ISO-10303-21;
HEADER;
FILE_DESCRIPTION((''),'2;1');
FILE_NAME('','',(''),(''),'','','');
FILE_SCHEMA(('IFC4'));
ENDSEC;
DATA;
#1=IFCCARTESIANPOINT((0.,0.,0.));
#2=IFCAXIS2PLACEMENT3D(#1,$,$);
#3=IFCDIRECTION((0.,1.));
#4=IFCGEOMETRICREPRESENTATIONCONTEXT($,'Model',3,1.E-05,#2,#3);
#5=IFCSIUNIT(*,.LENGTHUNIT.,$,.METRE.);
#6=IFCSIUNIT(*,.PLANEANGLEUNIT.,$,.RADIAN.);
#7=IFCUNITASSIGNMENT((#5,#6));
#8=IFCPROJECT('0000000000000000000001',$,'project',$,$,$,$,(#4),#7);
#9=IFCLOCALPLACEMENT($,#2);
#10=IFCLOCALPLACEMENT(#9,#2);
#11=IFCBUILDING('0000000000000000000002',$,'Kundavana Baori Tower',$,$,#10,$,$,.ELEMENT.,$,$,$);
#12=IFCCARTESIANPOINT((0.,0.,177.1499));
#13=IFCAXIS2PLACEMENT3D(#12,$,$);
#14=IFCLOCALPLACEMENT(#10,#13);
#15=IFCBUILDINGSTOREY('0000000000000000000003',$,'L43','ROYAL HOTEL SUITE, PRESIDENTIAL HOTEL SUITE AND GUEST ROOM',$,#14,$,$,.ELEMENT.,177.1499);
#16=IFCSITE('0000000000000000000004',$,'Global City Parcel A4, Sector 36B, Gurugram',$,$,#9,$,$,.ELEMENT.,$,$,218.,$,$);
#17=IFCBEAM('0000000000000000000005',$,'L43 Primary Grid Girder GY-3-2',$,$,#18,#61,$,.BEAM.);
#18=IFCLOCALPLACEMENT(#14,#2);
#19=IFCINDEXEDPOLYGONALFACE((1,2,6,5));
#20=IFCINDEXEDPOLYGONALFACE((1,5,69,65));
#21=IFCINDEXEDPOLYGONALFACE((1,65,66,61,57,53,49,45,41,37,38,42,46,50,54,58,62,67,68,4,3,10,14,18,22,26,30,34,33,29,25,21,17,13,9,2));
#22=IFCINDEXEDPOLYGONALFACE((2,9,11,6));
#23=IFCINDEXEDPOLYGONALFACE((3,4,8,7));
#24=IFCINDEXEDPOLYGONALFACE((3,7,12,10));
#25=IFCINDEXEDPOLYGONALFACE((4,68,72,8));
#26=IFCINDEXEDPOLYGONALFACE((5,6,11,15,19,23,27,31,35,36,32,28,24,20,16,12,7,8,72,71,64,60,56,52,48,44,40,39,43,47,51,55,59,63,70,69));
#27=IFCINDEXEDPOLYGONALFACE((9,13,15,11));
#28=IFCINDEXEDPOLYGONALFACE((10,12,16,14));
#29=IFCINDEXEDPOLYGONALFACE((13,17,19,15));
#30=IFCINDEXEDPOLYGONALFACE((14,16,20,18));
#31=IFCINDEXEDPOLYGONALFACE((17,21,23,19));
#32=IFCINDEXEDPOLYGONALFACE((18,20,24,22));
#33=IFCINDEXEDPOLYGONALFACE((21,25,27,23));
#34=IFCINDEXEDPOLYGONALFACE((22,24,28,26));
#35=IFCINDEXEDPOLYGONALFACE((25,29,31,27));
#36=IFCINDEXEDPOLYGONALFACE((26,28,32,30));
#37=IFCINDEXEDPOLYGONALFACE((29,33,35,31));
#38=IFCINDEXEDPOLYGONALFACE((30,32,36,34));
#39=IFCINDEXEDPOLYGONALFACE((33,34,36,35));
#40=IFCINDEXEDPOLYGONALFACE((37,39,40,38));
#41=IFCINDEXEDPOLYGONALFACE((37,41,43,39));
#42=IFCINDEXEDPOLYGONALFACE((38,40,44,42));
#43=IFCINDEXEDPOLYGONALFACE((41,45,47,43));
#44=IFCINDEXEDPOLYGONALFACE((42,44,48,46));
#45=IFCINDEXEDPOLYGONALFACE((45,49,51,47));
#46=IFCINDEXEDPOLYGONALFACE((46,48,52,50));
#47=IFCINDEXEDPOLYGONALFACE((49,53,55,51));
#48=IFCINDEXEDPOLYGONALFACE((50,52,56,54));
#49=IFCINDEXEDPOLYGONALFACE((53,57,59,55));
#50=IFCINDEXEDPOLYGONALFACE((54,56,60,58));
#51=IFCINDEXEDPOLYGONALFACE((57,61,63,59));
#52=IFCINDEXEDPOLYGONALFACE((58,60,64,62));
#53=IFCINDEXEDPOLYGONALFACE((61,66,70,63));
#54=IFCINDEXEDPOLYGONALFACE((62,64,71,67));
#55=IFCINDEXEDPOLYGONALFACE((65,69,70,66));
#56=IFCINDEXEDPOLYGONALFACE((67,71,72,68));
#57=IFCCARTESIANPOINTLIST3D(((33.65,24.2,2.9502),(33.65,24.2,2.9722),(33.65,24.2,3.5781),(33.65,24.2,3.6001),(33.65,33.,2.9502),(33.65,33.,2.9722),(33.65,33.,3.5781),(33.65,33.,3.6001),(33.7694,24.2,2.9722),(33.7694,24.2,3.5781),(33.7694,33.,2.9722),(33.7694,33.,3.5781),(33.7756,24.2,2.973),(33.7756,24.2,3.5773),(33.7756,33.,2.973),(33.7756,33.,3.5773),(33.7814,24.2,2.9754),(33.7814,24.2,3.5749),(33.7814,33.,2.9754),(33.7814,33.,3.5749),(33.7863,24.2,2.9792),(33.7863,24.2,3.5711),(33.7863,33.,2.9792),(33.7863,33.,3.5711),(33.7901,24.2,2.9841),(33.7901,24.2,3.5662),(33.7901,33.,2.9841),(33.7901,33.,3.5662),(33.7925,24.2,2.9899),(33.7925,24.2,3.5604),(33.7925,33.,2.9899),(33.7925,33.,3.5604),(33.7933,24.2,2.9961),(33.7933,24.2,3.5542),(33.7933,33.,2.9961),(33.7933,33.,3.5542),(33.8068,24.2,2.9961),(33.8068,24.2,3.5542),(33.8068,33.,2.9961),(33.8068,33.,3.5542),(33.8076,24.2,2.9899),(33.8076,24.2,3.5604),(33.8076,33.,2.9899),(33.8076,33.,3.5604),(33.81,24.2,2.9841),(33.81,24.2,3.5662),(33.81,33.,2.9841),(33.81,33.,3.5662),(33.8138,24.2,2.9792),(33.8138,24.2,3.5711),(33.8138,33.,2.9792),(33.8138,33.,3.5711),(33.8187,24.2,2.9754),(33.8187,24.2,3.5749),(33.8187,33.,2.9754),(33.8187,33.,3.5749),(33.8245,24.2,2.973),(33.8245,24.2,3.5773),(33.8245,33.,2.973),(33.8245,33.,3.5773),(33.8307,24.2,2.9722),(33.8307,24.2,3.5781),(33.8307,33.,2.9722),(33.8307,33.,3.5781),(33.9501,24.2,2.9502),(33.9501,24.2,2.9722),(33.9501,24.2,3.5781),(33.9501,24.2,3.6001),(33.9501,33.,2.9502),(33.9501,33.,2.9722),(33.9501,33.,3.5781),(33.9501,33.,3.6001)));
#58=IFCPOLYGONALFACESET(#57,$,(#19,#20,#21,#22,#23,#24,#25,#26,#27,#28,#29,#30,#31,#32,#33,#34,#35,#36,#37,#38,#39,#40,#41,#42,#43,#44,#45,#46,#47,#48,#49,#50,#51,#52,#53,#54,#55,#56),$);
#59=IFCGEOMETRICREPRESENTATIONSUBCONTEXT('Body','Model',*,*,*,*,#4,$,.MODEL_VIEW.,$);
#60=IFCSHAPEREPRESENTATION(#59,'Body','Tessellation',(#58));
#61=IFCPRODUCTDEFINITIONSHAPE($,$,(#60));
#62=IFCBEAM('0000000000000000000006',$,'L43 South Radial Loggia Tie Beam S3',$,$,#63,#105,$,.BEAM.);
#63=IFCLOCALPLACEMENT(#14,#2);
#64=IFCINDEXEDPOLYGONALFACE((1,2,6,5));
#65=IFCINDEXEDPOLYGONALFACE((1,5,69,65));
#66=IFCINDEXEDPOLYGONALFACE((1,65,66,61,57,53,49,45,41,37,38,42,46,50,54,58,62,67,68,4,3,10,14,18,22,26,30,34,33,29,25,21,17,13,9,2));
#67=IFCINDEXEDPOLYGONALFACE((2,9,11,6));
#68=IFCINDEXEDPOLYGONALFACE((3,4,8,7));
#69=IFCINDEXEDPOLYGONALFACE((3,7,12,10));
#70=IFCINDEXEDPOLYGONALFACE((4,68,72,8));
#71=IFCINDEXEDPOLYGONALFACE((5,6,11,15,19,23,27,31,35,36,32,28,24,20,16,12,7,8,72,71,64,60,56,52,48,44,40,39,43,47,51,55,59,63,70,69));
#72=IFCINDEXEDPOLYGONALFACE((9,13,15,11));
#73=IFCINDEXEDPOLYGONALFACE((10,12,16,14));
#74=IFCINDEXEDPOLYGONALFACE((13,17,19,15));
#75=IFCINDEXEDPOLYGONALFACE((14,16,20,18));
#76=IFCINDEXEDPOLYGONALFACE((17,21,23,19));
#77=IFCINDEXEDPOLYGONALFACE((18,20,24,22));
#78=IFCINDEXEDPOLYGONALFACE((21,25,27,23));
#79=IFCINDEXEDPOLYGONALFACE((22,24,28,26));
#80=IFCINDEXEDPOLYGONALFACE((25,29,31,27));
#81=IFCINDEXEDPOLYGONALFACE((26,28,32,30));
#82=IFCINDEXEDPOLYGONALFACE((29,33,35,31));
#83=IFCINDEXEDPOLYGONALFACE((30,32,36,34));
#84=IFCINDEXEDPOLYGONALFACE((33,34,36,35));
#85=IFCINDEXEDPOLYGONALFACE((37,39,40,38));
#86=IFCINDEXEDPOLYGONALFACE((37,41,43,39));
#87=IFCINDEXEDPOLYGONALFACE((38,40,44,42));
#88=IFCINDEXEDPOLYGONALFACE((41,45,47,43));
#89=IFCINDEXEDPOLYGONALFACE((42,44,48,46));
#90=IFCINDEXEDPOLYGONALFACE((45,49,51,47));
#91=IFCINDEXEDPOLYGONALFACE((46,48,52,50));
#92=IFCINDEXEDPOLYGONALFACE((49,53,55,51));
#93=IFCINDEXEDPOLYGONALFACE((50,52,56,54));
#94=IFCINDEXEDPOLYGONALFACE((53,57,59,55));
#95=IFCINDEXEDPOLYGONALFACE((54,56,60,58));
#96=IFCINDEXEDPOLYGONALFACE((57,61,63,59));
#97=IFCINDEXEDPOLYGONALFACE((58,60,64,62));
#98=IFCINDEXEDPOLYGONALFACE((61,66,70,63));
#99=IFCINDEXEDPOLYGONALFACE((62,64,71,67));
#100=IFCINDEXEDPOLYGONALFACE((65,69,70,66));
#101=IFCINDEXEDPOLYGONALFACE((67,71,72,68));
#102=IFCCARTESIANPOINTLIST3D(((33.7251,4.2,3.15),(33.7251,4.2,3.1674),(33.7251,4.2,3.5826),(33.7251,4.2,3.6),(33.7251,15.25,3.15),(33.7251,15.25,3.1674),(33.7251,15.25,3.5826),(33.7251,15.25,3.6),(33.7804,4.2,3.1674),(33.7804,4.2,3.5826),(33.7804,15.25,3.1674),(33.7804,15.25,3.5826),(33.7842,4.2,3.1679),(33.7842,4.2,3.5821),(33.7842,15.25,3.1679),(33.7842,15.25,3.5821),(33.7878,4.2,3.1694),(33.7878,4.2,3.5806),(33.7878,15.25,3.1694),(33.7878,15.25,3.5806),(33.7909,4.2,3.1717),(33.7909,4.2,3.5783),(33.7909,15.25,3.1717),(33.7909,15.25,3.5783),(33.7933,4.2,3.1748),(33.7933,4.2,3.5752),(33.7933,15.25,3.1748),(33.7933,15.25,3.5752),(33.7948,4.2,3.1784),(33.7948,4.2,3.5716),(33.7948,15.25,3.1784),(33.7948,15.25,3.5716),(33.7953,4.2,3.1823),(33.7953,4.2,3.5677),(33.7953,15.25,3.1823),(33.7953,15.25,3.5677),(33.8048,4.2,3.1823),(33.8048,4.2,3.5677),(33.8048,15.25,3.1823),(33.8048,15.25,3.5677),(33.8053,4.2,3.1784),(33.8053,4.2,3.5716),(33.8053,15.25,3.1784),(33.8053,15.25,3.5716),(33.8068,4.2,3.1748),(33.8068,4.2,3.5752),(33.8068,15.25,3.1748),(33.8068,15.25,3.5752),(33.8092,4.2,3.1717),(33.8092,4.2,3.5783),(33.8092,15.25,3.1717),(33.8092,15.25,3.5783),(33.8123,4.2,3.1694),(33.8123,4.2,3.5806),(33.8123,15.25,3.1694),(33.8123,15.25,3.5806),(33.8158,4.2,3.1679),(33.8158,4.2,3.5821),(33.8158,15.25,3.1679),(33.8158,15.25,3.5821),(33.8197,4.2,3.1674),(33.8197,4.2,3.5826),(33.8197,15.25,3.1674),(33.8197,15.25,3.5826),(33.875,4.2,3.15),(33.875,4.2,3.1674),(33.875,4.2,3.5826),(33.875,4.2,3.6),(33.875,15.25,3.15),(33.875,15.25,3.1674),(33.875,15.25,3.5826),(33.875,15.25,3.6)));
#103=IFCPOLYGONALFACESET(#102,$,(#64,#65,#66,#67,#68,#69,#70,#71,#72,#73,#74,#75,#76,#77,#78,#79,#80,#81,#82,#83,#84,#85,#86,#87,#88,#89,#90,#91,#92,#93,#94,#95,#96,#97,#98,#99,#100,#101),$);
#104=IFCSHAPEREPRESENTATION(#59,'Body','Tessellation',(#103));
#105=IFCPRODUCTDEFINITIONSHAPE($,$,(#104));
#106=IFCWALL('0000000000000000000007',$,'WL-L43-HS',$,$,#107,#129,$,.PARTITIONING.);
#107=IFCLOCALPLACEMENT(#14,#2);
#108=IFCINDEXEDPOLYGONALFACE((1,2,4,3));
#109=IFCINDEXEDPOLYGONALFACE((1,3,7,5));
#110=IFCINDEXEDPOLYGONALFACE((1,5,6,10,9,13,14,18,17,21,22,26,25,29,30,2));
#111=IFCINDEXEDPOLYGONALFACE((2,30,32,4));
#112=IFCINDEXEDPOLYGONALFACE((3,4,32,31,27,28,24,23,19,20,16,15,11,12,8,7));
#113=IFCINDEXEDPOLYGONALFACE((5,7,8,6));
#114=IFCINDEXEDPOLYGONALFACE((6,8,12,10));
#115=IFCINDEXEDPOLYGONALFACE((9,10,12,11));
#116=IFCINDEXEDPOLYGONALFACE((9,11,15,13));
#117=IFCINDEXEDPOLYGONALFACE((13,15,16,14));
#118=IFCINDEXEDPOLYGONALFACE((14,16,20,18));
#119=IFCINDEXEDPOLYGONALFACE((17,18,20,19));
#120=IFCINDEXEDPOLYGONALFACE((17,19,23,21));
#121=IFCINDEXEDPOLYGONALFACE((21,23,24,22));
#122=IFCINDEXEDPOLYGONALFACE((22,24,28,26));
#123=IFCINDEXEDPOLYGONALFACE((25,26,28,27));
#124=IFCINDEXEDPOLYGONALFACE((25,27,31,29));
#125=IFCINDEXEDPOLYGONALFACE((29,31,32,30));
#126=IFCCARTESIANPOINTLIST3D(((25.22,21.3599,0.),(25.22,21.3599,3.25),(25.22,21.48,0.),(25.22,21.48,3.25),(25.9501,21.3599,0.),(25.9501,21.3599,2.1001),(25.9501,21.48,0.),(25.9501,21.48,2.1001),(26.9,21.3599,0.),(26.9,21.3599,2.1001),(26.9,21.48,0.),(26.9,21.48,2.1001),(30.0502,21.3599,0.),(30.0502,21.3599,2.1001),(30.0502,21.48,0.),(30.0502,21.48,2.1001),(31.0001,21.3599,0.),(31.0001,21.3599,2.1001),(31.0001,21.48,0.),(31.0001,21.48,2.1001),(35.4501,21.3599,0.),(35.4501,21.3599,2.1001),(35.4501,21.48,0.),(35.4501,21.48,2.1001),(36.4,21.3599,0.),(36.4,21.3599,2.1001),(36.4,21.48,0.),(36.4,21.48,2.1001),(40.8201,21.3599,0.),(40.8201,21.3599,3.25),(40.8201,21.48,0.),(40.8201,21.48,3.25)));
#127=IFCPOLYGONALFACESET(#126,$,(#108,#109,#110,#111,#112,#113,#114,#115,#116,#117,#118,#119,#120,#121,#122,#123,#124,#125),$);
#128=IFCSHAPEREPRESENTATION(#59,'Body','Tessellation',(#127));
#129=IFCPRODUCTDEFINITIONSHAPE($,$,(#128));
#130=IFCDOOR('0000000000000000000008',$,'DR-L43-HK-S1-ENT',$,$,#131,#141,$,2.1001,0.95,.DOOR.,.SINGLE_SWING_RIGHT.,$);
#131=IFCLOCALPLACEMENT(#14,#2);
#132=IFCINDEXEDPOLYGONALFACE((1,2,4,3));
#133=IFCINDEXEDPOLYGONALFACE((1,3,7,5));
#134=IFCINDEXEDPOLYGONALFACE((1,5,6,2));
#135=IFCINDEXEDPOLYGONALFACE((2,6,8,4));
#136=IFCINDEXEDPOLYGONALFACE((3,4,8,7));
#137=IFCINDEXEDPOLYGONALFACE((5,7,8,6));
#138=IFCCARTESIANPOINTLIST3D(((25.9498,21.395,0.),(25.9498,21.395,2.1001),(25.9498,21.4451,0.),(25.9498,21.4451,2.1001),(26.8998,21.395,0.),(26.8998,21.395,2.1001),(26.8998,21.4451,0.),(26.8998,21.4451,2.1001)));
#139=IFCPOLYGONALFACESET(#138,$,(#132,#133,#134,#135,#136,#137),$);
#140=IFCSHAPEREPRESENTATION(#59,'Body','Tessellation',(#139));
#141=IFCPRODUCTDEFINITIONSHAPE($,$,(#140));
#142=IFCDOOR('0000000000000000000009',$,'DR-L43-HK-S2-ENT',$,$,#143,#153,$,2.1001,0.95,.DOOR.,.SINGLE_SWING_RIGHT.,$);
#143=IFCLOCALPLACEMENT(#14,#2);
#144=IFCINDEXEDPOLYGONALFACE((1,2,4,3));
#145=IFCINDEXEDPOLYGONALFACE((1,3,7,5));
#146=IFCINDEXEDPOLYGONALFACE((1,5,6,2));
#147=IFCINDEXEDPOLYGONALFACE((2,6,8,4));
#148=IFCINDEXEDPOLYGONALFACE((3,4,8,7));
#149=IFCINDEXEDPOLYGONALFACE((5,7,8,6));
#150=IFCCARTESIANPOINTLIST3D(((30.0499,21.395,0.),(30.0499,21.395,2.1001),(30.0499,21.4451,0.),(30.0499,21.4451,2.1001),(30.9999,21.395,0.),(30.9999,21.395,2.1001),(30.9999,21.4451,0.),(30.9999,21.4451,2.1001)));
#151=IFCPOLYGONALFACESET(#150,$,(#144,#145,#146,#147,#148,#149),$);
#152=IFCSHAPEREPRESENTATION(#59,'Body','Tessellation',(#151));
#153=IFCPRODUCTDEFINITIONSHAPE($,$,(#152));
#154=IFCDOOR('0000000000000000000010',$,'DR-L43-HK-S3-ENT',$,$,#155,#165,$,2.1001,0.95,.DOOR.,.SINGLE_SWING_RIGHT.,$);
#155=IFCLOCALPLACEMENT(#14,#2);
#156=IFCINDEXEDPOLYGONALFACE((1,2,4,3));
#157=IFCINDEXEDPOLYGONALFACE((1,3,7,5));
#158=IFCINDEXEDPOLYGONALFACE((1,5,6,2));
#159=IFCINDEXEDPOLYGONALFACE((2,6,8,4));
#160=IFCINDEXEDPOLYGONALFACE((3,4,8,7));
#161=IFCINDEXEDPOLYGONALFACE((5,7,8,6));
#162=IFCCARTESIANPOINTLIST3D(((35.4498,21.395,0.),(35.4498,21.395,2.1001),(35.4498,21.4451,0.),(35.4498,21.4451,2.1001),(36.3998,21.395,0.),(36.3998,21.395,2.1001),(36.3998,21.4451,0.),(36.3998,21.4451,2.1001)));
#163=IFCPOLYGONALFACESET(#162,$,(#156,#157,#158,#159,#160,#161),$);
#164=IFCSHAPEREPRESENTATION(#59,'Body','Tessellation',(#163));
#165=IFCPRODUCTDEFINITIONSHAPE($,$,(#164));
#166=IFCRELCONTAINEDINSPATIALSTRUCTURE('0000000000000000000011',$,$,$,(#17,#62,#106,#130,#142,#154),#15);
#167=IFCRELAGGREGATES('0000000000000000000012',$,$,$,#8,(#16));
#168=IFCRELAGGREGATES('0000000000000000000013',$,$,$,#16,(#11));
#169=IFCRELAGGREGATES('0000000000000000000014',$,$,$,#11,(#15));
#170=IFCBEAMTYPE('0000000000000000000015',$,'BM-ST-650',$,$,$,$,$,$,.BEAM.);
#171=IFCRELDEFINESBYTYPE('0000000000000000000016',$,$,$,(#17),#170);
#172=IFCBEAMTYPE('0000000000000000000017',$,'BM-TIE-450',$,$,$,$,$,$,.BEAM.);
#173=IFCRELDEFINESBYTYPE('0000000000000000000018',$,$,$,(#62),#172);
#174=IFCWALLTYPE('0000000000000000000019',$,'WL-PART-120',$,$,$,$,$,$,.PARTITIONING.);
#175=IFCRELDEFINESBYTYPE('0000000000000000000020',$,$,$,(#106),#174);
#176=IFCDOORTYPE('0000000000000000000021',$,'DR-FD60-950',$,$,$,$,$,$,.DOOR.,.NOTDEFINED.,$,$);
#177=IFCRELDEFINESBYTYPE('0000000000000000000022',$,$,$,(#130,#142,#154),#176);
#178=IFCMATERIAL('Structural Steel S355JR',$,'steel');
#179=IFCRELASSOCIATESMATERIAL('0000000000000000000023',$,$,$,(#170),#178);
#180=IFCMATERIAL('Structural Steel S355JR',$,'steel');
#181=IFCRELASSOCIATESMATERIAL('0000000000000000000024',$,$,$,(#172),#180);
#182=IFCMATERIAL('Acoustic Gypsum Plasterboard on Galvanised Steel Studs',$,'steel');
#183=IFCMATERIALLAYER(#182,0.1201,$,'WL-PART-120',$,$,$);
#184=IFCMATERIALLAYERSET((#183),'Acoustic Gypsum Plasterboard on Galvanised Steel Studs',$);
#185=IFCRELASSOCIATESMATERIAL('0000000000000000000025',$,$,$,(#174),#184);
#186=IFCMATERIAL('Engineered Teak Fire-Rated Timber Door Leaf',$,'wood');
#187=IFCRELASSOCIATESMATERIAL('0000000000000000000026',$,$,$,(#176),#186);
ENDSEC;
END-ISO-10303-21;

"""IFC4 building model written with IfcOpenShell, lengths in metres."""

from ifc_helpers import new_model, si_unit, direction, frame, frame_2d, origin, origin_2d, place, context, subcontext, project, spatial, rectangle, i_section, extrude, material, layer, layer_set, material_profile, profile_set, type_object, element, fill, save


model = new_model("IFC4")

# Units and contexts
model_context = context("Model", 3, precision=1e-05, world=origin(), true_north=direction((0.0, 1.0)))
body_context = subcontext(model_context, "Body", "Model", "MODEL_VIEW")
ifc_project = project(units=[si_unit("LENGTHUNIT", "METRE"), si_unit("PLANEANGLEUNIT", "RADIAN")], contexts=[model_context])

# Site, building, storey
site_placement = place(None, origin())
site = spatial("IfcSite", under=ifc_project, at=site_placement, Name="Global City Parcel A4, Sector 36B, Gurugram", CompositionType="ELEMENT", RefElevation=218.0)
building_placement = place(site_placement, origin())
building = spatial("IfcBuilding", under=site, at=building_placement, Name="Kundavana Baori Tower", CompositionType="ELEMENT")
storey_placement = place(building_placement, frame((0.0, 0.0, 177.1499)))
storey = spatial("IfcBuildingStorey", under=building, at=storey_placement, Name="L43", Description="ROYAL HOTEL SUITE, PRESIDENTIAL HOTEL SUITE AND GUEST ROOM", CompositionType="ELEMENT", Elevation=177.1499)

# Beams
ifc_material_1 = material(Name="Structural Steel S355JR", Category="steel")
ifc_material_profile_1 = material_profile(ifc_material_1, i_section(OverallWidth=0.3, OverallDepth=0.6499, WebThickness=0.0134, FlangeThickness=0.022, FilletRadius=0.0239, at=origin_2d()), Name="NPB 650x300x155")
ifc_profile_set_1 = profile_set([ifc_material_profile_1], Name="Structural Steel S355JR")
beam_type_1 = type_object("IfcBeamType", Name="BM-ST-650", PredefinedType="BEAM", material=ifc_profile_set_1)
beam_1_placement = place(storey_placement, frame((33.8, 24.2, 3.2751), z_axis=(0.0, 1.0, 0.0), x_axis=(-1.0, 0.0, 0.0)))
element("IfcBeam", 1, at=beam_1_placement, inside=storey, type_object=beam_type_1, Name="L43 Primary Grid Girder GY-3-2", PredefinedType="BEAM", context=body_context, shape_type="SweptSolid", body=[
    extrude(i_section(OverallWidth=0.3, OverallDepth=0.6499, WebThickness=0.0134, FlangeThickness=0.022, FilletRadius=0.0239, at=origin_2d()), origin(), (0.0, 0.0, 1.0), 8.8),
])
ifc_material_2 = material(Name="Structural Steel S355JR", Category="steel")
ifc_material_profile_2 = material_profile(ifc_material_2, i_section(OverallWidth=0.1499, OverallDepth=0.45, WebThickness=0.0095, FlangeThickness=0.0173, FilletRadius=0.0149, at=origin_2d()), Name="ISMB 450")
ifc_profile_set_2 = profile_set([ifc_material_profile_2], Name="Structural Steel S355JR")
beam_type_2 = type_object("IfcBeamType", Name="BM-TIE-450", PredefinedType="BEAM", material=ifc_profile_set_2)
beam_2_placement = place(storey_placement, frame((33.8, 15.25, 3.375), z_axis=(0.0, -1.0, 0.0), x_axis=(1.0, 0.0, 0.0)))
element("IfcBeam", 2, at=beam_2_placement, inside=storey, type_object=beam_type_2, Name="L43 South Radial Loggia Tie Beam S3", PredefinedType="BEAM", context=body_context, shape_type="SweptSolid", body=[
    extrude(i_section(OverallWidth=0.1499, OverallDepth=0.45, WebThickness=0.0095, FlangeThickness=0.0173, FilletRadius=0.0149, at=origin_2d()), origin(), (0.0, 0.0, 1.0), 11.05),
])

# Wall, openings, doors
ifc_material_3 = material(Name="Acoustic Gypsum Plasterboard on Galvanised Steel Studs", Category="steel")
ifc_layer = layer(ifc_material_3, 0.1201, Name="WL-PART-120")
ifc_layer_set = layer_set([ifc_layer], Name="Acoustic Gypsum Plasterboard on Galvanised Steel Studs")
wall_type = type_object("IfcWallType", Name="WL-PART-120", PredefinedType="PARTITIONING", material=ifc_layer_set)
wall_1_placement = place(storey_placement, frame((25.22, 21.4199, 0.0), z_axis=(0.0, 0.0, 1.0), x_axis=(1.0, 0.0, 0.0)))
wall_1 = element("IfcWall", 3, at=wall_1_placement, inside=storey, type_object=wall_type, Name="WL-L43-HS", PredefinedType="PARTITIONING", context=body_context, shape_type="SweptSolid", body=[
    extrude(rectangle(XDim=15.6001, YDim=0.1201, at=frame_2d((7.8, 0.0))), origin(), (0.0, 0.0, 1.0), 3.25),
])
opening_1_placement = place(wall_1_placement, frame((0.73, 0.0, 0.0)))
opening_1 = element("IfcOpeningElement", 4, at=opening_1_placement, cuts=wall_1, PredefinedType="OPENING", context=body_context, shape_type="SweptSolid", body=[
    extrude(rectangle(XDim=0.95, YDim=2.1001, at=frame_2d((0.4751, 1.05))), frame((0.0, 0.0701, 0.0), z_axis=(0.0, -1.0, 0.0), x_axis=(1.0, 0.0, 0.0)), (0.0, 0.0, 1.0), 0.1401),
])
opening_2_placement = place(wall_1_placement, frame((4.8301, 0.0, 0.0)))
opening_2 = element("IfcOpeningElement", 5, at=opening_2_placement, cuts=wall_1, PredefinedType="OPENING", context=body_context, shape_type="SweptSolid", body=[
    extrude(rectangle(XDim=0.95, YDim=2.1001, at=frame_2d((0.4751, 1.05))), frame((0.0, 0.0701, 0.0), z_axis=(0.0, -1.0, 0.0), x_axis=(1.0, 0.0, 0.0)), (0.0, 0.0, 1.0), 0.1401),
])
opening_3_placement = place(wall_1_placement, frame((10.23, 0.0, 0.0)))
opening_3 = element("IfcOpeningElement", 6, at=opening_3_placement, cuts=wall_1, PredefinedType="OPENING", context=body_context, shape_type="SweptSolid", body=[
    extrude(rectangle(XDim=0.95, YDim=2.1001, at=frame_2d((0.4751, 1.05))), frame((0.0, 0.0701, 0.0), z_axis=(0.0, -1.0, 0.0), x_axis=(1.0, 0.0, 0.0)), (0.0, 0.0, 1.0), 0.1401),
])
ifc_material_4 = material(Name="Engineered Teak Fire-Rated Timber Door Leaf", Category="wood")
door_type_1 = type_object("IfcDoorType", Name="DR-FD60-950", OperationType="NOTDEFINED", PredefinedType="DOOR", material=ifc_material_4)
door_1_placement = place(opening_1_placement, frame((0.95, 0.0, 0.0), z_axis=(0.0, 0.0, 1.0), x_axis=(-1.0, 0.0, 0.0)))
door_1 = element("IfcDoor", 7, at=door_1_placement, inside=storey, type_object=door_type_1, Name="DR-L43-HK-S1-ENT", OperationType="SINGLE_SWING_RIGHT", OverallHeight=2.1001, OverallWidth=0.95, PredefinedType="DOOR", context=body_context, shape_type="SweptSolid", body=[
    extrude(rectangle(XDim=0.95, YDim=2.1001, at=frame_2d((0.4751, 1.05))), frame((0.0, 0.0249, 0.0), z_axis=(0.0, -1.0, 0.0), x_axis=(1.0, 0.0, 0.0)), (0.0, 0.0, 1.0), 0.05),
])
fill(opening_1, door_1)
door_2_placement = place(opening_2_placement, frame((0.95, 0.0, 0.0), z_axis=(0.0, 0.0, 1.0), x_axis=(-1.0, 0.0, 0.0)))
door_2 = element("IfcDoor", 8, at=door_2_placement, inside=storey, type_object=door_type_1, Name="DR-L43-HK-S2-ENT", OperationType="SINGLE_SWING_RIGHT", OverallHeight=2.1001, OverallWidth=0.95, PredefinedType="DOOR", context=body_context, shape_type="SweptSolid", body=[
    extrude(rectangle(XDim=0.95, YDim=2.1001, at=frame_2d((0.4751, 1.05))), frame((0.0, 0.0249, 0.0), z_axis=(0.0, -1.0, 0.0), x_axis=(1.0, 0.0, 0.0)), (0.0, 0.0, 1.0), 0.05),
])
fill(opening_2, door_2)
door_3_placement = place(opening_3_placement, frame((0.95, 0.0, 0.0), z_axis=(0.0, 0.0, 1.0), x_axis=(-1.0, 0.0, 0.0)))
door_3 = element("IfcDoor", 9, at=door_3_placement, inside=storey, type_object=door_type_1, Name="DR-L43-HK-S3-ENT", OperationType="SINGLE_SWING_RIGHT", OverallHeight=2.1001, OverallWidth=0.95, PredefinedType="DOOR", context=body_context, shape_type="SweptSolid", body=[
    extrude(rectangle(XDim=0.95, YDim=2.1001, at=frame_2d((0.4751, 1.05))), frame((0.0, 0.0249, 0.0), z_axis=(0.0, -1.0, 0.0), x_axis=(1.0, 0.0, 0.0)), (0.0, 0.0, 1.0), 0.05),
])
fill(opening_3, door_3)

save(model, "model.ifc")
